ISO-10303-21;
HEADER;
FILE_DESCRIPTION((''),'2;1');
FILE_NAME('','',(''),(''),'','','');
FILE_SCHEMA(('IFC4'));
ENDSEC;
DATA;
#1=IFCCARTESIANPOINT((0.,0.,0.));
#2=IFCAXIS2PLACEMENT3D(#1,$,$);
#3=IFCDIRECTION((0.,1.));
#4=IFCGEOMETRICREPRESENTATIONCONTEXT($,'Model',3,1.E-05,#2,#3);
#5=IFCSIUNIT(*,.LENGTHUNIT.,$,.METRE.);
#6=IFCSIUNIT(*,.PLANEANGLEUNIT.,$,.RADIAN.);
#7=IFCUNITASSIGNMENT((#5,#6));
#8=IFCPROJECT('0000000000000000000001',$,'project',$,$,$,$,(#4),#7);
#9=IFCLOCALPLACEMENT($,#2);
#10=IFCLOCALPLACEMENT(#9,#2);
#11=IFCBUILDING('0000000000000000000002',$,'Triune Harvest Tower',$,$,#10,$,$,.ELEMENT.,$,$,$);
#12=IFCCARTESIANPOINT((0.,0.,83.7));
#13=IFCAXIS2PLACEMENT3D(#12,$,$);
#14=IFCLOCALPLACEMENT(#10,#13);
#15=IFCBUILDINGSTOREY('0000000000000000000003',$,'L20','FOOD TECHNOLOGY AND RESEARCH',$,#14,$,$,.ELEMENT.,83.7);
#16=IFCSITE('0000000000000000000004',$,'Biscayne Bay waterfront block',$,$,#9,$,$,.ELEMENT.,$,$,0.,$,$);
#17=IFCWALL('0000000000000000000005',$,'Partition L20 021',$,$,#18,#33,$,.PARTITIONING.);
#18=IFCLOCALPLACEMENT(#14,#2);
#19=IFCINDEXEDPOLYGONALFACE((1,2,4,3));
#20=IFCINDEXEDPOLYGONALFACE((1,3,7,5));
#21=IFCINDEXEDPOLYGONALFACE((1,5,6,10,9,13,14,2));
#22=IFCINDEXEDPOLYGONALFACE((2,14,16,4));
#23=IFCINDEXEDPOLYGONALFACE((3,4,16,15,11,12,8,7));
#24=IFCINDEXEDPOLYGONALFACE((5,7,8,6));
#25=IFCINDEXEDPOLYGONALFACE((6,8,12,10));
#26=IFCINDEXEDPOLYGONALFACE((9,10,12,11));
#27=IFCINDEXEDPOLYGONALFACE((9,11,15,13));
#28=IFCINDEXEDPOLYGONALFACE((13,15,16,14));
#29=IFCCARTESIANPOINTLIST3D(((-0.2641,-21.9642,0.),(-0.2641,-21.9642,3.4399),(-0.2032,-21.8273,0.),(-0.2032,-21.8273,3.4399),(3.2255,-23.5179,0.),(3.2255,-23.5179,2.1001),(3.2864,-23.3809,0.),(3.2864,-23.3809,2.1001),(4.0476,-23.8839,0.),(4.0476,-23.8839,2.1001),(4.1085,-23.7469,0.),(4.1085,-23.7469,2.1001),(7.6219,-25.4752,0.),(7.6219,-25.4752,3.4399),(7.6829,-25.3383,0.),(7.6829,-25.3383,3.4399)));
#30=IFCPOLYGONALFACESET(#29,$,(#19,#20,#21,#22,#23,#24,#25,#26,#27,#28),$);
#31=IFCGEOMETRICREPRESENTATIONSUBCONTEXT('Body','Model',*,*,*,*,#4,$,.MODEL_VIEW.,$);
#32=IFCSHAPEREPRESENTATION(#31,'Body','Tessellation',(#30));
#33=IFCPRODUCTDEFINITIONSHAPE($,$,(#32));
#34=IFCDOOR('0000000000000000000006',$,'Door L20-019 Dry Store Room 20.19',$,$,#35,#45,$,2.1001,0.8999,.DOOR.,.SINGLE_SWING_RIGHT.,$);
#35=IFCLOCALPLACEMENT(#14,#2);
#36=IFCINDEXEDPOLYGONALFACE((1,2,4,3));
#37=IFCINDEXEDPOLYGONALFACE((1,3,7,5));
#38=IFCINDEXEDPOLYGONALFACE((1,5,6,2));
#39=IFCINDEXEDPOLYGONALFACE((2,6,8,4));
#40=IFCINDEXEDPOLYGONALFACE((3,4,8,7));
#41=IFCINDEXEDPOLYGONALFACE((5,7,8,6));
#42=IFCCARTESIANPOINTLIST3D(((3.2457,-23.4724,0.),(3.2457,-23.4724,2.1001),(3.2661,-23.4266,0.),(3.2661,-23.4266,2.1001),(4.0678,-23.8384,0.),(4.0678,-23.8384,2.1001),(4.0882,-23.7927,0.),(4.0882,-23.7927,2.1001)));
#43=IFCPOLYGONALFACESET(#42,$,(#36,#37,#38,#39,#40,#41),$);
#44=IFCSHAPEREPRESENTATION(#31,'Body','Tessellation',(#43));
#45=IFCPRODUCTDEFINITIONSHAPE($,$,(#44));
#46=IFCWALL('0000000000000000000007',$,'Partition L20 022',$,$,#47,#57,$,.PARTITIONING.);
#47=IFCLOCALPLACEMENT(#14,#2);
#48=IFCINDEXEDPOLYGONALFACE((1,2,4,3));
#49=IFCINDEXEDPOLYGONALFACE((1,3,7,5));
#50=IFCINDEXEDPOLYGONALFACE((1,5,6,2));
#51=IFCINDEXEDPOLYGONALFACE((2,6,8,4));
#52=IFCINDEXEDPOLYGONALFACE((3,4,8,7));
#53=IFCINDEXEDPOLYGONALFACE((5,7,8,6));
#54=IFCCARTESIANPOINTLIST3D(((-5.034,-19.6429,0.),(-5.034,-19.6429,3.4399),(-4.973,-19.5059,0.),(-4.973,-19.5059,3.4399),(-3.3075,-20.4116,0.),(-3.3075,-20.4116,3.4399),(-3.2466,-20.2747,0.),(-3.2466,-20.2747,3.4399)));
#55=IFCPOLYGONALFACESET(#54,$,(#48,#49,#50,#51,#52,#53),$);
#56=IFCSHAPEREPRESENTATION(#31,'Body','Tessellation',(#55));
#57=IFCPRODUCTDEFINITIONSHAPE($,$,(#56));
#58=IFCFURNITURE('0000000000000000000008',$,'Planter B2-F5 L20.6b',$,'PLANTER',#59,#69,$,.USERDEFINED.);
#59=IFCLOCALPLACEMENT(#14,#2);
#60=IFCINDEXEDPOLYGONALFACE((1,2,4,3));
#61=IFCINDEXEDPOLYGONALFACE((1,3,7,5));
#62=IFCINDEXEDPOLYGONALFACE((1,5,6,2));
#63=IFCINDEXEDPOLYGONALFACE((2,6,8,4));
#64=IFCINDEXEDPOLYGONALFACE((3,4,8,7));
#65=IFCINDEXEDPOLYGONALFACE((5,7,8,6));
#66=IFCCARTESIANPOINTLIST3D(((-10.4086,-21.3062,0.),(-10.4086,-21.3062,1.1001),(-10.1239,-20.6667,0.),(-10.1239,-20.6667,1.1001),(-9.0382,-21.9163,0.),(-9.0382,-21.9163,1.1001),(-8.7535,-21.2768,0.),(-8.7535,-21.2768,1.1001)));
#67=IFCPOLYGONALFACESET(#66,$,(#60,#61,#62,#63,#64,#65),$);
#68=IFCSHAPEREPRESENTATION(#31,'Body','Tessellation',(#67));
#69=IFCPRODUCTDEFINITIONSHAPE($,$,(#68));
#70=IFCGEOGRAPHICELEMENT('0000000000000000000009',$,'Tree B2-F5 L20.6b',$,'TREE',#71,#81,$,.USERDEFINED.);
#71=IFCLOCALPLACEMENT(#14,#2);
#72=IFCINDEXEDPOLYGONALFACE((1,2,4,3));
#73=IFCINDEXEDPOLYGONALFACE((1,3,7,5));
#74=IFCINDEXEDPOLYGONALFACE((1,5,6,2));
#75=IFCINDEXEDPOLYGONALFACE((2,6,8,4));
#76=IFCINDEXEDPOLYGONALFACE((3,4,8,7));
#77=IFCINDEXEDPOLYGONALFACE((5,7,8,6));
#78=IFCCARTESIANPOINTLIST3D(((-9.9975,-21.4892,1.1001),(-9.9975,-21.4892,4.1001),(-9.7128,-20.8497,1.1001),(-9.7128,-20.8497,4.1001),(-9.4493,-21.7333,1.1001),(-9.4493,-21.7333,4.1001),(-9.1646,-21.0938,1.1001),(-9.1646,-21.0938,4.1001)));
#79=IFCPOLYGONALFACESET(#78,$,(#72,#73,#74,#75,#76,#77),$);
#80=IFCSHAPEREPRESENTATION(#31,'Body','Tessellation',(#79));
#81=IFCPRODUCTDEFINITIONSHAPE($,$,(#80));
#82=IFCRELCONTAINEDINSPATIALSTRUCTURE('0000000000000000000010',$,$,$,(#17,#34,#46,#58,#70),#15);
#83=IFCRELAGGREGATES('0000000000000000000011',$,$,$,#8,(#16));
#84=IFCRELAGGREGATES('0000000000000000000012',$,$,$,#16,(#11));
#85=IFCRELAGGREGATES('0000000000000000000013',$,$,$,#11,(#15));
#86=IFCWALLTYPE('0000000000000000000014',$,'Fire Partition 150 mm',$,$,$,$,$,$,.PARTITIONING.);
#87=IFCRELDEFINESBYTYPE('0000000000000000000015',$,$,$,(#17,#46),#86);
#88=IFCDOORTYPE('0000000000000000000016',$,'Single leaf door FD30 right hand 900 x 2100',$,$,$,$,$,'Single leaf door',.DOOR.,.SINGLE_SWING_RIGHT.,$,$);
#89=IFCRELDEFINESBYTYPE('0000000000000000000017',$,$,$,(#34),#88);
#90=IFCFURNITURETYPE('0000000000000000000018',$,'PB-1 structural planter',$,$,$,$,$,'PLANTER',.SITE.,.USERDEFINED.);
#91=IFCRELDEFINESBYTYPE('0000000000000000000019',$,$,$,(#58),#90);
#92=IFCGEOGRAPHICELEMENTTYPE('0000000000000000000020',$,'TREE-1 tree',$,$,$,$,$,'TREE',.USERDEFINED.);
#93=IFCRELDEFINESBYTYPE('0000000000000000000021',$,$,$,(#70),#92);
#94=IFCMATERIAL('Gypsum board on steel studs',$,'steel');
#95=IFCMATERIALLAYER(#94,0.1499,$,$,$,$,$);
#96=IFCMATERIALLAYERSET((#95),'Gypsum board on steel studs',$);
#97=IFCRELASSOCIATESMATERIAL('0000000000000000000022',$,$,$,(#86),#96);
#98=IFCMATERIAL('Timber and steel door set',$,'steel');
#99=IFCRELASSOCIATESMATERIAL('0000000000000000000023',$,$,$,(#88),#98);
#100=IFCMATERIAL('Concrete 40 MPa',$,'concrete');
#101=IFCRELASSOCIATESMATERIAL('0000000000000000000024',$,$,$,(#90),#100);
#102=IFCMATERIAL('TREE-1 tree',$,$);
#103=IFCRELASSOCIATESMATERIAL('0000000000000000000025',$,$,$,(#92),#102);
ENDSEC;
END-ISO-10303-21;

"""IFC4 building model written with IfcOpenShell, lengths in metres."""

from ifc_helpers import new_model, si_unit, direction, frame, frame_2d, origin, origin_2d, place, context, subcontext, project, spatial, rectangle, extrude, source, transform, mapped, material, layer, layer_set, type_object, element, fill, save


model = new_model("IFC4")

# Units and contexts
model_context = context("Model", 3, precision=1e-05, world=origin(), true_north=direction((0.0, 1.0)))
body_context = subcontext(model_context, "Body", "Model", "MODEL_VIEW")
ifc_project = project(units=[si_unit("LENGTHUNIT", "METRE"), si_unit("PLANEANGLEUNIT", "RADIAN")], contexts=[model_context])

# Site, building, storey
site_placement = place(None, origin())
site = spatial("IfcSite", under=ifc_project, at=site_placement, Name="Biscayne Bay waterfront block", CompositionType="ELEMENT", RefElevation=0.0)
building_placement = place(site_placement, origin())
building = spatial("IfcBuilding", under=site, at=building_placement, Name="Triune Harvest Tower", CompositionType="ELEMENT")
storey_placement = place(building_placement, frame((0.0, 0.0, 83.7)))
storey = spatial("IfcBuildingStorey", under=building, at=storey_placement, Name="L20", Description="FOOD TECHNOLOGY AND RESEARCH", CompositionType="ELEMENT", Elevation=83.7)

# Wall, opening, door
ifc_material_1 = material(Name="Gypsum board on steel studs", Category="steel")
ifc_layer_1 = layer(ifc_material_1, 0.1499)
ifc_layer_set_1 = layer_set([ifc_layer_1], Name="Gypsum board on steel studs")
wall_type_1 = type_object("IfcWallType", Name="Fire Partition 150 mm", PredefinedType="PARTITIONING", material=ifc_layer_set_1)
ifc_material_2 = material(Name="Timber and steel door set", Category="steel")
door_type_1 = type_object("IfcDoorType", Name="Single leaf door FD30 right hand 900 x 2100", ElementType="Single leaf door", OperationType="SINGLE_SWING_RIGHT", PredefinedType="DOOR", material=ifc_material_2)
shared_shape_1 = source(origin(), body_context, "Body", "SweptSolid", [
    extrude(rectangle(XDim=8.6323, YDim=0.1499, at=frame_2d((4.3162, 0.0))), origin(), (0.0, 0.0, 1.0), 3.4399),
])
wall_1_placement = place(storey_placement, frame((-0.2336, -21.8958, 0.0), z_axis=(0.0, 0.0, 1.0), x_axis=(0.913549, -0.406729, 0.0)))
wall_1 = element("IfcWall", 1, at=wall_1_placement, inside=storey, type_object=wall_type_1, Name="Partition L20 021", PredefinedType="PARTITIONING", context=body_context, shape_type="MappedRepresentation", body=[
    mapped(shared_shape_1, transform((0.0, 0.0, 0.0), scale=1.0)),
])
opening_1_placement = place(wall_1_placement, frame((3.8198, 0.0, 0.0)))
opening_1 = element("IfcOpeningElement", 2, at=opening_1_placement, cuts=wall_1, PredefinedType="OPENING", context=body_context, shape_type="SweptSolid", body=[
    extrude(rectangle(XDim=0.8999, YDim=2.1001, at=frame_2d((0.45, 1.05))), frame((0.0, 0.085, 0.0), z_axis=(0.0, -1.0, 0.0), x_axis=(1.0, 0.0, 0.0)), (0.0, 0.0, 1.0), 0.1699),
])
door_1_placement = place(opening_1_placement, origin())
door_1 = element("IfcDoor", 3, at=door_1_placement, inside=storey, type_object=door_type_1, Name="Door L20-019 Dry Store Room 20.19", OperationType="SINGLE_SWING_RIGHT", OverallHeight=2.1001, OverallWidth=0.8999, PredefinedType="DOOR", context=body_context, shape_type="SweptSolid", body=[
    extrude(rectangle(XDim=0.8999, YDim=2.1001, at=frame_2d((0.45, 1.05))), frame((0.0, 0.0249, 0.0), z_axis=(0.0, -1.0, 0.0), x_axis=(1.0, 0.0, 0.0)), (0.0, 0.0, 1.0), 0.05),
])
fill(opening_1, door_1)

# Wall
shared_shape_2 = source(origin(), body_context, "Body", "SweptSolid", [
    extrude(rectangle(XDim=1.8899, YDim=0.1499, at=frame_2d((0.9448, 0.0))), origin(), (0.0, 0.0, 1.0), 3.4399),
])
wall_2_placement = place(storey_placement, frame((-5.0034, -19.5745, 0.0), z_axis=(0.0, 0.0, 1.0), x_axis=(0.913529, -0.406774, 0.0)))
element("IfcWall", 4, at=wall_2_placement, inside=storey, type_object=wall_type_1, Name="Partition L20 022", PredefinedType="PARTITIONING", context=body_context, shape_type="MappedRepresentation", body=[
    mapped(shared_shape_2, transform((0.0, 0.0, 0.0), scale=1.0)),
])

# Furniture
ifc_material_3 = material(Name="Concrete 40 MPa", Category="concrete")
furniture_type = type_object("IfcFurnitureType", Name="PB-1 structural planter", ElementType="PLANTER", AssemblyPlace="SITE", PredefinedType="USERDEFINED", material=ifc_material_3)
shared_shape_3 = source(origin(), body_context, "Body", "SweptSolid", [
    extrude(rectangle(XDim=1.5, YDim=0.7, at=origin_2d()), origin(), (0.0, 0.0, 1.0), 1.1001),
])
furniture_placement = place(storey_placement, frame((-9.5811, -21.2915, 0.0), z_axis=(0.0, 0.0, 1.0), x_axis=(0.913545, -0.406737, 0.0)))
element("IfcFurniture", 5, at=furniture_placement, inside=storey, type_object=furniture_type, Name="Planter B2-F5 L20.6b", ObjectType="PLANTER", PredefinedType="USERDEFINED", context=body_context, shape_type="MappedRepresentation", body=[
    mapped(shared_shape_3, transform((0.0, 0.0, 0.0), scale=1.0)),
])

# Geographic element
ifc_material_4 = material(Name="TREE-1 tree")
geographic_element_type = type_object("IfcGeographicElementType", Name="TREE-1 tree", ElementType="TREE", PredefinedType="USERDEFINED", material=ifc_material_4)
shared_shape_4 = source(origin(), body_context, "Body", "SweptSolid", [
    extrude(rectangle(XDim=0.6001, YDim=0.7, at=origin_2d()), origin(), (0.0, 0.0, 1.0), 3.0),
])
geographic_element_placement = place(storey_placement, frame((-9.5811, -21.2915, 1.1001), z_axis=(0.0, 0.0, 1.0), x_axis=(0.913545, -0.406737, 0.0)))
element("IfcGeographicElement", 6, at=geographic_element_placement, inside=storey, type_object=geographic_element_type, Name="Tree B2-F5 L20.6b", ObjectType="TREE", PredefinedType="USERDEFINED", context=body_context, shape_type="MappedRepresentation", body=[
    mapped(shared_shape_4, transform((0.0, 0.0, 0.0), scale=1.0)),
])

save(model, "model.ifc")
